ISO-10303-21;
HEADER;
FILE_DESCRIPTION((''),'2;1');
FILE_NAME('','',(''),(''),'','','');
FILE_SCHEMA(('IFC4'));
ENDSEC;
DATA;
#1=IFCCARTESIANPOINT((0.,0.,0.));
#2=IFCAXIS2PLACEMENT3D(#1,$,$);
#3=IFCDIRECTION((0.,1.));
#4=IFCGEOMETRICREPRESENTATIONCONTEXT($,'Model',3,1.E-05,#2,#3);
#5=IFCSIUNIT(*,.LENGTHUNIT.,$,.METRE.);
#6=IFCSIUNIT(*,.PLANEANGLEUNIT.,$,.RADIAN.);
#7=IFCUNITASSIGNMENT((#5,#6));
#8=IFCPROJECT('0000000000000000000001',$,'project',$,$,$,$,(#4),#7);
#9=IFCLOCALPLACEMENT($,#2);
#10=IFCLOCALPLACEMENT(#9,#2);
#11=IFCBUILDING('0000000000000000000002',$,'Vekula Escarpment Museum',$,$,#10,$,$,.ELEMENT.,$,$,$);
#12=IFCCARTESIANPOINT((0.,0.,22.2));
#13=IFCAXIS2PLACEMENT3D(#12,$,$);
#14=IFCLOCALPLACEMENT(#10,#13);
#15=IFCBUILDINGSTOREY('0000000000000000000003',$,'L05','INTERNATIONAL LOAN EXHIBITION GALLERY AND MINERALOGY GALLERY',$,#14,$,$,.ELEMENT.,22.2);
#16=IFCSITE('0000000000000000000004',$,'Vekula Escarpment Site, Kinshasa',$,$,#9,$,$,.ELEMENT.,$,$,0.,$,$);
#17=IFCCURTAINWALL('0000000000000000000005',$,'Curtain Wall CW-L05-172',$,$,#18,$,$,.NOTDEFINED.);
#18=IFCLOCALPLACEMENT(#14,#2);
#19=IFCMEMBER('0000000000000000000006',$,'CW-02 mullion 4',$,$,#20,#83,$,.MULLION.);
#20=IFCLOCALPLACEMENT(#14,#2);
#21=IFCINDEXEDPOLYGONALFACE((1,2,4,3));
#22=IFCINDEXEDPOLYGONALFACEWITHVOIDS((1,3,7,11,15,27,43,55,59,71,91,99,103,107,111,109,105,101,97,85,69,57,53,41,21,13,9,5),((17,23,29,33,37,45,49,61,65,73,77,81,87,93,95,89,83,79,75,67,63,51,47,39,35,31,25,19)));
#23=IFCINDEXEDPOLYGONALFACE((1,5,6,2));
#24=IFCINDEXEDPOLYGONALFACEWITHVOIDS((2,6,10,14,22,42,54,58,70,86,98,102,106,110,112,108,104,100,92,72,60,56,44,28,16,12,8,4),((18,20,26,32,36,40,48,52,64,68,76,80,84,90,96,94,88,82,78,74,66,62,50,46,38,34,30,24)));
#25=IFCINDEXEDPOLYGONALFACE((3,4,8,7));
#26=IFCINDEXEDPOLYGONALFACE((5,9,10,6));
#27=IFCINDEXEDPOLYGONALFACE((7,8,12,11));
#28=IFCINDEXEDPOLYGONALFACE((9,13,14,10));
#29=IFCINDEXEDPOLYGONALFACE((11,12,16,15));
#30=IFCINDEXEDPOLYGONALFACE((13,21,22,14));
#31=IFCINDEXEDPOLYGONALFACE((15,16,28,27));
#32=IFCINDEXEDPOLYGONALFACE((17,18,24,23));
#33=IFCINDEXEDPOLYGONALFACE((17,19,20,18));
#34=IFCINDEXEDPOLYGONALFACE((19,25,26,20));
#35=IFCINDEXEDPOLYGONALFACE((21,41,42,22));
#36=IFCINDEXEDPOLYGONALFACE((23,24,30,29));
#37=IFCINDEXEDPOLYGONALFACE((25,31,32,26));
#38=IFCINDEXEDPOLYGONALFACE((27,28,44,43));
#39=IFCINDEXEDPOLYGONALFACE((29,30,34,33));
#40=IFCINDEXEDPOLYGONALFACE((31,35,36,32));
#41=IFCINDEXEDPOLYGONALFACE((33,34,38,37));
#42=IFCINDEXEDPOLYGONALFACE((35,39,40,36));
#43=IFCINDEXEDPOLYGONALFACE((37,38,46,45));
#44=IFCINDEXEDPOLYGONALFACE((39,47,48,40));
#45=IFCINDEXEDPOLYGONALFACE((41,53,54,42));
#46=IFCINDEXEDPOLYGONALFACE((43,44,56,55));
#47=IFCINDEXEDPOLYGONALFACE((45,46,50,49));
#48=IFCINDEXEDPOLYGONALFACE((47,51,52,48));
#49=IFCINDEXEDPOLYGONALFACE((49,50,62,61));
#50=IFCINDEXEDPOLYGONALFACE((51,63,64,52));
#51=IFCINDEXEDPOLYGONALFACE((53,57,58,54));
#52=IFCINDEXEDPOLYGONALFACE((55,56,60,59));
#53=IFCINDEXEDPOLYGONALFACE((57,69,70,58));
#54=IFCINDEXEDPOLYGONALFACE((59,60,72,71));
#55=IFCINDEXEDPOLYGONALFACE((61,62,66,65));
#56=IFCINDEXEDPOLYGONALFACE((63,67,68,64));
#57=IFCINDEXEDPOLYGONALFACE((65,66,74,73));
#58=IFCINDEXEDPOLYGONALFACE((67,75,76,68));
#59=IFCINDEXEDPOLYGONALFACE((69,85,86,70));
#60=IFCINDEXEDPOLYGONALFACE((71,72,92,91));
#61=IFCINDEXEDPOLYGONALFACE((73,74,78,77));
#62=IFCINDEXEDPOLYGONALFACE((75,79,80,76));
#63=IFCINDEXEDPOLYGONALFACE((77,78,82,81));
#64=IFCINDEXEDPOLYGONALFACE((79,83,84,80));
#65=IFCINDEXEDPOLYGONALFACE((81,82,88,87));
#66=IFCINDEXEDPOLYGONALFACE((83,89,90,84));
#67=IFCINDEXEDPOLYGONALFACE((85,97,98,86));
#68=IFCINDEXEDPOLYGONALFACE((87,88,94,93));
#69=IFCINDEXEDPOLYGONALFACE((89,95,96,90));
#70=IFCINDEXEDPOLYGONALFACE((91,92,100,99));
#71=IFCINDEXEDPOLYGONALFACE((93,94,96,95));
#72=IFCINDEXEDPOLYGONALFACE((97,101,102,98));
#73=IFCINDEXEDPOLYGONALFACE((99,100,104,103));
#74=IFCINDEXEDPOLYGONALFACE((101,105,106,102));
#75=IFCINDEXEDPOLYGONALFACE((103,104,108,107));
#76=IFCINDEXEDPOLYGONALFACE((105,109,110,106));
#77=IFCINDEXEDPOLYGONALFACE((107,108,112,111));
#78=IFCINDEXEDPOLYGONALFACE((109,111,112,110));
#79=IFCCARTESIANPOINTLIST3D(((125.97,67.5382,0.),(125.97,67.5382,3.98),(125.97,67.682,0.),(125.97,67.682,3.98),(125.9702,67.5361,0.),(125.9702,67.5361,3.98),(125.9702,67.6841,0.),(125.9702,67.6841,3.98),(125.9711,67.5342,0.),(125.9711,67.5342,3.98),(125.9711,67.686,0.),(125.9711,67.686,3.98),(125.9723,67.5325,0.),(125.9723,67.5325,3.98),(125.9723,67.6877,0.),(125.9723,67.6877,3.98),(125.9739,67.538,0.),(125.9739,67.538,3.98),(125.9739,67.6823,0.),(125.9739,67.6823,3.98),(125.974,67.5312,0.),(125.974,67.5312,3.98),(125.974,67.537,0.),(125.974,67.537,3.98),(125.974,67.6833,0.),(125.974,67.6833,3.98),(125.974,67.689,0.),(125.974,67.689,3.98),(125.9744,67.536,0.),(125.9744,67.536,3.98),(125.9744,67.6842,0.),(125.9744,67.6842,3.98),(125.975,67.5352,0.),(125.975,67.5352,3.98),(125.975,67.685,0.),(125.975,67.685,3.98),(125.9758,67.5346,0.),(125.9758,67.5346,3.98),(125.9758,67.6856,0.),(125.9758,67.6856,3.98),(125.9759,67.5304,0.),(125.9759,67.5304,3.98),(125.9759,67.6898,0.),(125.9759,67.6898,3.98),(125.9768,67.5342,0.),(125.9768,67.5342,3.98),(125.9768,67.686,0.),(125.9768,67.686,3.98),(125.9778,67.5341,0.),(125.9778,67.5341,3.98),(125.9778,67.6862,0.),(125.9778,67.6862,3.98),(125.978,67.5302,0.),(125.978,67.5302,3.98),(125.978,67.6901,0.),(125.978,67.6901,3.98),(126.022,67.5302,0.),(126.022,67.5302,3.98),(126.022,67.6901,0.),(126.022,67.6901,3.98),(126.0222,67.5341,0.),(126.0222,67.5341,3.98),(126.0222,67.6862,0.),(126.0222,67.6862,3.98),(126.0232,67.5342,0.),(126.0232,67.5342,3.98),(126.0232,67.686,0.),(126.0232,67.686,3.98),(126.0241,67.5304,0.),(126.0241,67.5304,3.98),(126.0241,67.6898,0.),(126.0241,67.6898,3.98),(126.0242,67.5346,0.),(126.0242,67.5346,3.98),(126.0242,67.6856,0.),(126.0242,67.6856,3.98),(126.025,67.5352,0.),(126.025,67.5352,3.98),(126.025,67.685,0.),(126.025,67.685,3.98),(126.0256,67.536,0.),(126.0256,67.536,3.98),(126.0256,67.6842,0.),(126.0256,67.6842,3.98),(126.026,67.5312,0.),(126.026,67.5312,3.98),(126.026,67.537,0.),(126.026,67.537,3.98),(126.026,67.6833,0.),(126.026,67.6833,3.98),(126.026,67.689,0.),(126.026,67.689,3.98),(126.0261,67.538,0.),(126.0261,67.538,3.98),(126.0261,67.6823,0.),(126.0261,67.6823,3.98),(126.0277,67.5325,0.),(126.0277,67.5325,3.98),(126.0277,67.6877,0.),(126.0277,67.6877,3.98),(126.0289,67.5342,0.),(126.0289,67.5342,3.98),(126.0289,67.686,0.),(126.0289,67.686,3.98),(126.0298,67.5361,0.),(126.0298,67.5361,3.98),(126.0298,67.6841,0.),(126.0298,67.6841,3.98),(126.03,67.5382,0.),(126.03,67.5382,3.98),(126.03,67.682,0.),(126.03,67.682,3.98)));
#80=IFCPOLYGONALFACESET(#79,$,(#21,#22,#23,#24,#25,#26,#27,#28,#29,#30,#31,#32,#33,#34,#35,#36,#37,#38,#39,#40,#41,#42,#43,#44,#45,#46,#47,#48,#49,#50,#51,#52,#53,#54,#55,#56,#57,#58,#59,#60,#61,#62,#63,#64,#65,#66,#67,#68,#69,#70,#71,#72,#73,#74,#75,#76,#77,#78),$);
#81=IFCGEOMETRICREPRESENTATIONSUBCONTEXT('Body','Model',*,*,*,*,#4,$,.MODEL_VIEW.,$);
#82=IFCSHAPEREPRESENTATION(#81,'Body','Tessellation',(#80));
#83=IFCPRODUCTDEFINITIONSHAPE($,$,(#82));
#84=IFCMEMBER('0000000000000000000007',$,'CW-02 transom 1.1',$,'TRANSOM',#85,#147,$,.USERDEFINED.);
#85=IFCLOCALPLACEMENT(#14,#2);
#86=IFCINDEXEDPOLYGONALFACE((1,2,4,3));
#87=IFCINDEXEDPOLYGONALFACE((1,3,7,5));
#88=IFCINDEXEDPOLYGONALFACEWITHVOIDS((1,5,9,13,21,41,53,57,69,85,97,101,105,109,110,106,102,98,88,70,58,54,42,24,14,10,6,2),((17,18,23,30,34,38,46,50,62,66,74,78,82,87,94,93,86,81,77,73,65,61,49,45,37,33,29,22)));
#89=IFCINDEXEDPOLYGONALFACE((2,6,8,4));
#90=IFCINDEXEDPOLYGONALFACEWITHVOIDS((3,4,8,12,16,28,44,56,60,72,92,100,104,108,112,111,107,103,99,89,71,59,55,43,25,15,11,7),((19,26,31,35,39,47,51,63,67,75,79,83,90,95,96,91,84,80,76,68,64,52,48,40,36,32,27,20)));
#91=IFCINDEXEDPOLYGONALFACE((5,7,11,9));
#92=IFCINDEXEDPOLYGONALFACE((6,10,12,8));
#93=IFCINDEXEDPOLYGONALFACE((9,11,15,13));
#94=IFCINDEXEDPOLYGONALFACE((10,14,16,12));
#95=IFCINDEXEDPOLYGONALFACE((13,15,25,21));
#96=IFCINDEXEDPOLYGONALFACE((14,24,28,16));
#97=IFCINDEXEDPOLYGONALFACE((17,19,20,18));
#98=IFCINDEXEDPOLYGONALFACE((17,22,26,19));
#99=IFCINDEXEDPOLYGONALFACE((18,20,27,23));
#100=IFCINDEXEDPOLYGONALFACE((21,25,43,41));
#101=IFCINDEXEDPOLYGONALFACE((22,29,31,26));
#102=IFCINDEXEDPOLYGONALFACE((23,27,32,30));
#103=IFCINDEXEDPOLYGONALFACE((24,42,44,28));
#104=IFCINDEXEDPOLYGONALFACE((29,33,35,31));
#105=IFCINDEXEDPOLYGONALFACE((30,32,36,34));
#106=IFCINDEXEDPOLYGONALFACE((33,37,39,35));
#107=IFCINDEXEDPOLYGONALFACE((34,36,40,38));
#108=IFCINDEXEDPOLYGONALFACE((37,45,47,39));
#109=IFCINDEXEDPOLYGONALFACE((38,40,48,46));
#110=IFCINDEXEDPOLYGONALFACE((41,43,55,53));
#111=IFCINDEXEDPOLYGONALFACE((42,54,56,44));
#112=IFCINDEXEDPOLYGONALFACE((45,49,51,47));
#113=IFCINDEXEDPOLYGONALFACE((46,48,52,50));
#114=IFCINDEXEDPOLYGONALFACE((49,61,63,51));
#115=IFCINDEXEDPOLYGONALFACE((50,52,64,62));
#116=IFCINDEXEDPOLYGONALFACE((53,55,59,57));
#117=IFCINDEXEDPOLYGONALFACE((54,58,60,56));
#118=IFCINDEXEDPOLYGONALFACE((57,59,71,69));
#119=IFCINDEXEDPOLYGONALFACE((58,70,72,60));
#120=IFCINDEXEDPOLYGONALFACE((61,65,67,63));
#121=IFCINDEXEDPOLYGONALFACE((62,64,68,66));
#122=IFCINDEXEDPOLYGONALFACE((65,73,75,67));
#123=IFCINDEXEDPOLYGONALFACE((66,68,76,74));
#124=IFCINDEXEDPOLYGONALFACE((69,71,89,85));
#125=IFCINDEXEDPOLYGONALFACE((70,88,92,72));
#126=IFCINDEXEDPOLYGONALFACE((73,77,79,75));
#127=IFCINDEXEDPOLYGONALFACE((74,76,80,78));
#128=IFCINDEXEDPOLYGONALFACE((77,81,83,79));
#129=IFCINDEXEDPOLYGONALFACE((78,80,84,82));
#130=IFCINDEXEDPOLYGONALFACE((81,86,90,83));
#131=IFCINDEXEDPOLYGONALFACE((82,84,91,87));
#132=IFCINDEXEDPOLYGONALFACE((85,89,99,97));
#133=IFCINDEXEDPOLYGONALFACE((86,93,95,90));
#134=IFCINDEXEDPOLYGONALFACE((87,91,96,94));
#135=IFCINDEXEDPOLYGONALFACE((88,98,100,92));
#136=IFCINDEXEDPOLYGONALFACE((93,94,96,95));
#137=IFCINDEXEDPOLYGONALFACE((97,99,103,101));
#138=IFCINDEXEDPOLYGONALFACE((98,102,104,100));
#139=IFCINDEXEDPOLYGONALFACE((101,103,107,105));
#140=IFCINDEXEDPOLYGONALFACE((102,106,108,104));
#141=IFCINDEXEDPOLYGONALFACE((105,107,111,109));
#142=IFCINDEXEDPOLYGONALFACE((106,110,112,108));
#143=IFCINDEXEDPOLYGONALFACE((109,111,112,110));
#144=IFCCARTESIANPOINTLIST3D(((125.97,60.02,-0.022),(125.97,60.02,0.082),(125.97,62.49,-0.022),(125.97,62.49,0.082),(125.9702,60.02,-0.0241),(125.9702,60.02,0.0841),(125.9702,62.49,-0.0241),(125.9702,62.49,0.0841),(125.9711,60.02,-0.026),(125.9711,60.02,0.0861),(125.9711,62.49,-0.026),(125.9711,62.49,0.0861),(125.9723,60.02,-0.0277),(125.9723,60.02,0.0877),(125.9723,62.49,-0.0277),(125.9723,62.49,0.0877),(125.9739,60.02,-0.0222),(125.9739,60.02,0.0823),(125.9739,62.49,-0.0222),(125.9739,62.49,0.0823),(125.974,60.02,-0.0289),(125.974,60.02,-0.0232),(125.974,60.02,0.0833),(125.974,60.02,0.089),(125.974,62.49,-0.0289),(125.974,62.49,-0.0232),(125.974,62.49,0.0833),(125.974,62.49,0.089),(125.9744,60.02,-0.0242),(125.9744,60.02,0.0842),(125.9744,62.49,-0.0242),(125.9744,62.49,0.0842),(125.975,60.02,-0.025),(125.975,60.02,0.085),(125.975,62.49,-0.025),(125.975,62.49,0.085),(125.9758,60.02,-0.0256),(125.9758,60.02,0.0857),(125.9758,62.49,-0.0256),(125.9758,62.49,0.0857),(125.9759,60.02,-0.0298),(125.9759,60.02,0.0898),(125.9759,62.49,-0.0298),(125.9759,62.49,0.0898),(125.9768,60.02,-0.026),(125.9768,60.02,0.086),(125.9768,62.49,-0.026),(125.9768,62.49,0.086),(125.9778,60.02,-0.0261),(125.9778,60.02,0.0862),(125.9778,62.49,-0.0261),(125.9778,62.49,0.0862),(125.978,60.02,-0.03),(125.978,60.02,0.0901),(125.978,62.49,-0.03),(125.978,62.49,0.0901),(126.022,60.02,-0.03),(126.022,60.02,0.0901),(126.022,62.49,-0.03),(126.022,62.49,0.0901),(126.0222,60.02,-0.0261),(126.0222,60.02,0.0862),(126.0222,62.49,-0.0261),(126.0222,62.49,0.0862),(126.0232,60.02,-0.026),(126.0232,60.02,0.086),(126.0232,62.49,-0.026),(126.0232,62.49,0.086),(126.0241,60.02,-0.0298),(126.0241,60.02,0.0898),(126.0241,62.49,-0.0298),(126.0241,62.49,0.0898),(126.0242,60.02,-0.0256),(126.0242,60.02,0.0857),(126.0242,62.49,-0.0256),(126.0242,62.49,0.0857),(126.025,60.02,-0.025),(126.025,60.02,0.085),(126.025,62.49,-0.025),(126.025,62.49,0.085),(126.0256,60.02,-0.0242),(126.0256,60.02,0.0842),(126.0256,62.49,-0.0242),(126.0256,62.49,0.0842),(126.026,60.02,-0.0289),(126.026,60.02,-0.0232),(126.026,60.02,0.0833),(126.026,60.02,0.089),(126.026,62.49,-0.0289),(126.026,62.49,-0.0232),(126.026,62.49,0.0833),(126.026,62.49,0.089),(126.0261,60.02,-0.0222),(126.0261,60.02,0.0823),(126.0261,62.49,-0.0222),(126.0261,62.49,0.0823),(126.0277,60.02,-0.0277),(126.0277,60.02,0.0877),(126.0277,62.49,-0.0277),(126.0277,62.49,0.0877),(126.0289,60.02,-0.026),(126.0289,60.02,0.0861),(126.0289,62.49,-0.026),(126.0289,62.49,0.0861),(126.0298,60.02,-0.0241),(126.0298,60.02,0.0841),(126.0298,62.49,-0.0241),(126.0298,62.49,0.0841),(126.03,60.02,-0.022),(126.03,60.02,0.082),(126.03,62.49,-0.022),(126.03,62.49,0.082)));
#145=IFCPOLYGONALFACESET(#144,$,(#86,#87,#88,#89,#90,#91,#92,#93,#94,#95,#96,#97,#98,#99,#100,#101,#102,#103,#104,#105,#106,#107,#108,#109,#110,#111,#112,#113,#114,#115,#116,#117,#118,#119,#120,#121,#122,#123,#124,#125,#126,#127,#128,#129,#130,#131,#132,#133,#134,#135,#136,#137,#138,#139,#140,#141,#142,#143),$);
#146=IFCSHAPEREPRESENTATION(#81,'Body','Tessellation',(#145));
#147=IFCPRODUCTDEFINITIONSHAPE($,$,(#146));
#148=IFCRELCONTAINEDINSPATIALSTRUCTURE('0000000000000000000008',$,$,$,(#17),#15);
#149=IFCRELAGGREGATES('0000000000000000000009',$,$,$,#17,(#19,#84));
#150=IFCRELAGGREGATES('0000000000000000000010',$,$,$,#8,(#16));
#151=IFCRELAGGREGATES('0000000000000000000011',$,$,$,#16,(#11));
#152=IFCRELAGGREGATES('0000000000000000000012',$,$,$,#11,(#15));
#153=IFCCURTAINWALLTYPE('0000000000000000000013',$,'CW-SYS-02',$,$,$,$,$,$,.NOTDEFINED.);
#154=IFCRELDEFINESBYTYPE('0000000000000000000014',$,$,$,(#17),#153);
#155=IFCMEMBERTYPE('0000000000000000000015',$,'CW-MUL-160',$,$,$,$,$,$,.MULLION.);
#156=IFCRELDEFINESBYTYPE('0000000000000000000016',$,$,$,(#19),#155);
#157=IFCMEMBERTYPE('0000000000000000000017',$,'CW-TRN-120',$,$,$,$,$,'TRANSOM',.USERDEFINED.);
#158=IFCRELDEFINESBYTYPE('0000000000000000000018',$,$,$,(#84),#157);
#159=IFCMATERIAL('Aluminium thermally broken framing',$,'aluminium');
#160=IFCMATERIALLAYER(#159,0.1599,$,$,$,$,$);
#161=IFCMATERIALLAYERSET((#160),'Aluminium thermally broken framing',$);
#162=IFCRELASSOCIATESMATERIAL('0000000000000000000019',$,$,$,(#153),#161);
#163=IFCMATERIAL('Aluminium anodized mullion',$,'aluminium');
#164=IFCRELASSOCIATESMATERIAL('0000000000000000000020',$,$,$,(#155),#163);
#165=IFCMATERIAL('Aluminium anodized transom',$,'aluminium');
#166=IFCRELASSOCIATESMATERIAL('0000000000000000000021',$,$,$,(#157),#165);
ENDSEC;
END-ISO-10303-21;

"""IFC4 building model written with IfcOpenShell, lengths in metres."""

from ifc_helpers import new_model, si_unit, direction, frame, origin, origin_2d, place, context, subcontext, project, spatial, hollow_rectangle, extrude, material, layer, layer_set, material_profile, profile_set, type_object, element, aggregate, save


model = new_model("IFC4")

# Units and contexts
model_context = context("Model", 3, precision=1e-05, world=origin(), true_north=direction((0.0, 1.0)))
body_context = subcontext(model_context, "Body", "Model", "MODEL_VIEW")
ifc_project = project(units=[si_unit("LENGTHUNIT", "METRE"), si_unit("PLANEANGLEUNIT", "RADIAN")], contexts=[model_context])

# Site, building, storey
site_placement = place(None, origin())
site = spatial("IfcSite", under=ifc_project, at=site_placement, Name="Vekula Escarpment Site, Kinshasa", CompositionType="ELEMENT", RefElevation=0.0)
building_placement = place(site_placement, origin())
building = spatial("IfcBuilding", under=site, at=building_placement, Name="Vekula Escarpment Museum", CompositionType="ELEMENT")
storey_placement = place(building_placement, frame((0.0, 0.0, 22.2)))
storey = spatial("IfcBuildingStorey", under=building, at=storey_placement, Name="L05", Description="INTERNATIONAL LOAN EXHIBITION GALLERY AND MINERALOGY GALLERY", CompositionType="ELEMENT", Elevation=22.2)

# Curtain wall, members
ifc_material_1 = material(Name="Aluminium thermally broken framing", Category="aluminium")
ifc_layer_1 = layer(ifc_material_1, 0.1599)
ifc_layer_set_1 = layer_set([ifc_layer_1], Name="Aluminium thermally broken framing")
curtain_wall_type = type_object("IfcCurtainWallType", Name="CW-SYS-02", PredefinedType="NOTDEFINED", material=ifc_layer_set_1)
curtain_wall_placement = place(storey_placement, origin())
curtain_wall = element("IfcCurtainWall", 1, at=curtain_wall_placement, inside=storey, type_object=curtain_wall_type, Name="Curtain Wall CW-L05-172", PredefinedType="NOTDEFINED")
ifc_material_2 = material(Name="Aluminium anodized mullion", Category="aluminium")
ifc_material_profile_1 = material_profile(ifc_material_2, hollow_rectangle(XDim=0.0601, YDim=0.1599, WallThickness=0.0039, InnerFilletRadius=0.0039, OuterFilletRadius=0.0081, at=origin_2d()), Name="ALU 160x60x4")
ifc_profile_set_1 = profile_set([ifc_material_profile_1], Name="Aluminium anodized mullion")
member_type_1 = type_object("IfcMemberType", Name="CW-MUL-160", PredefinedType="MULLION", material=ifc_profile_set_1)
member_1_placement = place(storey_placement, frame((126.0, 67.6101, 0.0), z_axis=(0.0, 0.0, 1.0), x_axis=(-1.0, 0.0, 0.0)))
member_1 = element("IfcMember", 2, at=member_1_placement, type_object=member_type_1, Name="CW-02 mullion 4", PredefinedType="MULLION", context=body_context, shape_type="SweptSolid", body=[
    extrude(hollow_rectangle(XDim=0.0601, YDim=0.1599, WallThickness=0.0039, InnerFilletRadius=0.0039, OuterFilletRadius=0.0081, at=origin_2d()), origin(), (0.0, 0.0, 1.0), 3.98),
])
ifc_material_3 = material(Name="Aluminium anodized transom", Category="aluminium")
ifc_material_profile_2 = material_profile(ifc_material_3, hollow_rectangle(XDim=0.0601, YDim=0.1201, WallThickness=0.0039, InnerFilletRadius=0.0039, OuterFilletRadius=0.0081, at=origin_2d()), Name="ALU 120x60x4")
ifc_profile_set_2 = profile_set([ifc_material_profile_2], Name="Aluminium anodized transom")
member_type_2 = type_object("IfcMemberType", Name="CW-TRN-120", ElementType="TRANSOM", PredefinedType="USERDEFINED", material=ifc_profile_set_2)
member_2_placement = place(storey_placement, frame((126.0, 60.02, 0.03), z_axis=(0.0, 1.0, 0.0), x_axis=(-1.0, 0.0, 0.0)))
member_2 = element("IfcMember", 3, at=member_2_placement, type_object=member_type_2, Name="CW-02 transom 1.1", ObjectType="TRANSOM", PredefinedType="USERDEFINED", context=body_context, shape_type="SweptSolid", body=[
    extrude(hollow_rectangle(XDim=0.0601, YDim=0.1201, WallThickness=0.0039, InnerFilletRadius=0.0039, OuterFilletRadius=0.0081, at=origin_2d()), origin(), (0.0, 0.0, 1.0), 2.47),
])

aggregate(curtain_wall, [member_1, member_2])

save(model, "model.ifc")
